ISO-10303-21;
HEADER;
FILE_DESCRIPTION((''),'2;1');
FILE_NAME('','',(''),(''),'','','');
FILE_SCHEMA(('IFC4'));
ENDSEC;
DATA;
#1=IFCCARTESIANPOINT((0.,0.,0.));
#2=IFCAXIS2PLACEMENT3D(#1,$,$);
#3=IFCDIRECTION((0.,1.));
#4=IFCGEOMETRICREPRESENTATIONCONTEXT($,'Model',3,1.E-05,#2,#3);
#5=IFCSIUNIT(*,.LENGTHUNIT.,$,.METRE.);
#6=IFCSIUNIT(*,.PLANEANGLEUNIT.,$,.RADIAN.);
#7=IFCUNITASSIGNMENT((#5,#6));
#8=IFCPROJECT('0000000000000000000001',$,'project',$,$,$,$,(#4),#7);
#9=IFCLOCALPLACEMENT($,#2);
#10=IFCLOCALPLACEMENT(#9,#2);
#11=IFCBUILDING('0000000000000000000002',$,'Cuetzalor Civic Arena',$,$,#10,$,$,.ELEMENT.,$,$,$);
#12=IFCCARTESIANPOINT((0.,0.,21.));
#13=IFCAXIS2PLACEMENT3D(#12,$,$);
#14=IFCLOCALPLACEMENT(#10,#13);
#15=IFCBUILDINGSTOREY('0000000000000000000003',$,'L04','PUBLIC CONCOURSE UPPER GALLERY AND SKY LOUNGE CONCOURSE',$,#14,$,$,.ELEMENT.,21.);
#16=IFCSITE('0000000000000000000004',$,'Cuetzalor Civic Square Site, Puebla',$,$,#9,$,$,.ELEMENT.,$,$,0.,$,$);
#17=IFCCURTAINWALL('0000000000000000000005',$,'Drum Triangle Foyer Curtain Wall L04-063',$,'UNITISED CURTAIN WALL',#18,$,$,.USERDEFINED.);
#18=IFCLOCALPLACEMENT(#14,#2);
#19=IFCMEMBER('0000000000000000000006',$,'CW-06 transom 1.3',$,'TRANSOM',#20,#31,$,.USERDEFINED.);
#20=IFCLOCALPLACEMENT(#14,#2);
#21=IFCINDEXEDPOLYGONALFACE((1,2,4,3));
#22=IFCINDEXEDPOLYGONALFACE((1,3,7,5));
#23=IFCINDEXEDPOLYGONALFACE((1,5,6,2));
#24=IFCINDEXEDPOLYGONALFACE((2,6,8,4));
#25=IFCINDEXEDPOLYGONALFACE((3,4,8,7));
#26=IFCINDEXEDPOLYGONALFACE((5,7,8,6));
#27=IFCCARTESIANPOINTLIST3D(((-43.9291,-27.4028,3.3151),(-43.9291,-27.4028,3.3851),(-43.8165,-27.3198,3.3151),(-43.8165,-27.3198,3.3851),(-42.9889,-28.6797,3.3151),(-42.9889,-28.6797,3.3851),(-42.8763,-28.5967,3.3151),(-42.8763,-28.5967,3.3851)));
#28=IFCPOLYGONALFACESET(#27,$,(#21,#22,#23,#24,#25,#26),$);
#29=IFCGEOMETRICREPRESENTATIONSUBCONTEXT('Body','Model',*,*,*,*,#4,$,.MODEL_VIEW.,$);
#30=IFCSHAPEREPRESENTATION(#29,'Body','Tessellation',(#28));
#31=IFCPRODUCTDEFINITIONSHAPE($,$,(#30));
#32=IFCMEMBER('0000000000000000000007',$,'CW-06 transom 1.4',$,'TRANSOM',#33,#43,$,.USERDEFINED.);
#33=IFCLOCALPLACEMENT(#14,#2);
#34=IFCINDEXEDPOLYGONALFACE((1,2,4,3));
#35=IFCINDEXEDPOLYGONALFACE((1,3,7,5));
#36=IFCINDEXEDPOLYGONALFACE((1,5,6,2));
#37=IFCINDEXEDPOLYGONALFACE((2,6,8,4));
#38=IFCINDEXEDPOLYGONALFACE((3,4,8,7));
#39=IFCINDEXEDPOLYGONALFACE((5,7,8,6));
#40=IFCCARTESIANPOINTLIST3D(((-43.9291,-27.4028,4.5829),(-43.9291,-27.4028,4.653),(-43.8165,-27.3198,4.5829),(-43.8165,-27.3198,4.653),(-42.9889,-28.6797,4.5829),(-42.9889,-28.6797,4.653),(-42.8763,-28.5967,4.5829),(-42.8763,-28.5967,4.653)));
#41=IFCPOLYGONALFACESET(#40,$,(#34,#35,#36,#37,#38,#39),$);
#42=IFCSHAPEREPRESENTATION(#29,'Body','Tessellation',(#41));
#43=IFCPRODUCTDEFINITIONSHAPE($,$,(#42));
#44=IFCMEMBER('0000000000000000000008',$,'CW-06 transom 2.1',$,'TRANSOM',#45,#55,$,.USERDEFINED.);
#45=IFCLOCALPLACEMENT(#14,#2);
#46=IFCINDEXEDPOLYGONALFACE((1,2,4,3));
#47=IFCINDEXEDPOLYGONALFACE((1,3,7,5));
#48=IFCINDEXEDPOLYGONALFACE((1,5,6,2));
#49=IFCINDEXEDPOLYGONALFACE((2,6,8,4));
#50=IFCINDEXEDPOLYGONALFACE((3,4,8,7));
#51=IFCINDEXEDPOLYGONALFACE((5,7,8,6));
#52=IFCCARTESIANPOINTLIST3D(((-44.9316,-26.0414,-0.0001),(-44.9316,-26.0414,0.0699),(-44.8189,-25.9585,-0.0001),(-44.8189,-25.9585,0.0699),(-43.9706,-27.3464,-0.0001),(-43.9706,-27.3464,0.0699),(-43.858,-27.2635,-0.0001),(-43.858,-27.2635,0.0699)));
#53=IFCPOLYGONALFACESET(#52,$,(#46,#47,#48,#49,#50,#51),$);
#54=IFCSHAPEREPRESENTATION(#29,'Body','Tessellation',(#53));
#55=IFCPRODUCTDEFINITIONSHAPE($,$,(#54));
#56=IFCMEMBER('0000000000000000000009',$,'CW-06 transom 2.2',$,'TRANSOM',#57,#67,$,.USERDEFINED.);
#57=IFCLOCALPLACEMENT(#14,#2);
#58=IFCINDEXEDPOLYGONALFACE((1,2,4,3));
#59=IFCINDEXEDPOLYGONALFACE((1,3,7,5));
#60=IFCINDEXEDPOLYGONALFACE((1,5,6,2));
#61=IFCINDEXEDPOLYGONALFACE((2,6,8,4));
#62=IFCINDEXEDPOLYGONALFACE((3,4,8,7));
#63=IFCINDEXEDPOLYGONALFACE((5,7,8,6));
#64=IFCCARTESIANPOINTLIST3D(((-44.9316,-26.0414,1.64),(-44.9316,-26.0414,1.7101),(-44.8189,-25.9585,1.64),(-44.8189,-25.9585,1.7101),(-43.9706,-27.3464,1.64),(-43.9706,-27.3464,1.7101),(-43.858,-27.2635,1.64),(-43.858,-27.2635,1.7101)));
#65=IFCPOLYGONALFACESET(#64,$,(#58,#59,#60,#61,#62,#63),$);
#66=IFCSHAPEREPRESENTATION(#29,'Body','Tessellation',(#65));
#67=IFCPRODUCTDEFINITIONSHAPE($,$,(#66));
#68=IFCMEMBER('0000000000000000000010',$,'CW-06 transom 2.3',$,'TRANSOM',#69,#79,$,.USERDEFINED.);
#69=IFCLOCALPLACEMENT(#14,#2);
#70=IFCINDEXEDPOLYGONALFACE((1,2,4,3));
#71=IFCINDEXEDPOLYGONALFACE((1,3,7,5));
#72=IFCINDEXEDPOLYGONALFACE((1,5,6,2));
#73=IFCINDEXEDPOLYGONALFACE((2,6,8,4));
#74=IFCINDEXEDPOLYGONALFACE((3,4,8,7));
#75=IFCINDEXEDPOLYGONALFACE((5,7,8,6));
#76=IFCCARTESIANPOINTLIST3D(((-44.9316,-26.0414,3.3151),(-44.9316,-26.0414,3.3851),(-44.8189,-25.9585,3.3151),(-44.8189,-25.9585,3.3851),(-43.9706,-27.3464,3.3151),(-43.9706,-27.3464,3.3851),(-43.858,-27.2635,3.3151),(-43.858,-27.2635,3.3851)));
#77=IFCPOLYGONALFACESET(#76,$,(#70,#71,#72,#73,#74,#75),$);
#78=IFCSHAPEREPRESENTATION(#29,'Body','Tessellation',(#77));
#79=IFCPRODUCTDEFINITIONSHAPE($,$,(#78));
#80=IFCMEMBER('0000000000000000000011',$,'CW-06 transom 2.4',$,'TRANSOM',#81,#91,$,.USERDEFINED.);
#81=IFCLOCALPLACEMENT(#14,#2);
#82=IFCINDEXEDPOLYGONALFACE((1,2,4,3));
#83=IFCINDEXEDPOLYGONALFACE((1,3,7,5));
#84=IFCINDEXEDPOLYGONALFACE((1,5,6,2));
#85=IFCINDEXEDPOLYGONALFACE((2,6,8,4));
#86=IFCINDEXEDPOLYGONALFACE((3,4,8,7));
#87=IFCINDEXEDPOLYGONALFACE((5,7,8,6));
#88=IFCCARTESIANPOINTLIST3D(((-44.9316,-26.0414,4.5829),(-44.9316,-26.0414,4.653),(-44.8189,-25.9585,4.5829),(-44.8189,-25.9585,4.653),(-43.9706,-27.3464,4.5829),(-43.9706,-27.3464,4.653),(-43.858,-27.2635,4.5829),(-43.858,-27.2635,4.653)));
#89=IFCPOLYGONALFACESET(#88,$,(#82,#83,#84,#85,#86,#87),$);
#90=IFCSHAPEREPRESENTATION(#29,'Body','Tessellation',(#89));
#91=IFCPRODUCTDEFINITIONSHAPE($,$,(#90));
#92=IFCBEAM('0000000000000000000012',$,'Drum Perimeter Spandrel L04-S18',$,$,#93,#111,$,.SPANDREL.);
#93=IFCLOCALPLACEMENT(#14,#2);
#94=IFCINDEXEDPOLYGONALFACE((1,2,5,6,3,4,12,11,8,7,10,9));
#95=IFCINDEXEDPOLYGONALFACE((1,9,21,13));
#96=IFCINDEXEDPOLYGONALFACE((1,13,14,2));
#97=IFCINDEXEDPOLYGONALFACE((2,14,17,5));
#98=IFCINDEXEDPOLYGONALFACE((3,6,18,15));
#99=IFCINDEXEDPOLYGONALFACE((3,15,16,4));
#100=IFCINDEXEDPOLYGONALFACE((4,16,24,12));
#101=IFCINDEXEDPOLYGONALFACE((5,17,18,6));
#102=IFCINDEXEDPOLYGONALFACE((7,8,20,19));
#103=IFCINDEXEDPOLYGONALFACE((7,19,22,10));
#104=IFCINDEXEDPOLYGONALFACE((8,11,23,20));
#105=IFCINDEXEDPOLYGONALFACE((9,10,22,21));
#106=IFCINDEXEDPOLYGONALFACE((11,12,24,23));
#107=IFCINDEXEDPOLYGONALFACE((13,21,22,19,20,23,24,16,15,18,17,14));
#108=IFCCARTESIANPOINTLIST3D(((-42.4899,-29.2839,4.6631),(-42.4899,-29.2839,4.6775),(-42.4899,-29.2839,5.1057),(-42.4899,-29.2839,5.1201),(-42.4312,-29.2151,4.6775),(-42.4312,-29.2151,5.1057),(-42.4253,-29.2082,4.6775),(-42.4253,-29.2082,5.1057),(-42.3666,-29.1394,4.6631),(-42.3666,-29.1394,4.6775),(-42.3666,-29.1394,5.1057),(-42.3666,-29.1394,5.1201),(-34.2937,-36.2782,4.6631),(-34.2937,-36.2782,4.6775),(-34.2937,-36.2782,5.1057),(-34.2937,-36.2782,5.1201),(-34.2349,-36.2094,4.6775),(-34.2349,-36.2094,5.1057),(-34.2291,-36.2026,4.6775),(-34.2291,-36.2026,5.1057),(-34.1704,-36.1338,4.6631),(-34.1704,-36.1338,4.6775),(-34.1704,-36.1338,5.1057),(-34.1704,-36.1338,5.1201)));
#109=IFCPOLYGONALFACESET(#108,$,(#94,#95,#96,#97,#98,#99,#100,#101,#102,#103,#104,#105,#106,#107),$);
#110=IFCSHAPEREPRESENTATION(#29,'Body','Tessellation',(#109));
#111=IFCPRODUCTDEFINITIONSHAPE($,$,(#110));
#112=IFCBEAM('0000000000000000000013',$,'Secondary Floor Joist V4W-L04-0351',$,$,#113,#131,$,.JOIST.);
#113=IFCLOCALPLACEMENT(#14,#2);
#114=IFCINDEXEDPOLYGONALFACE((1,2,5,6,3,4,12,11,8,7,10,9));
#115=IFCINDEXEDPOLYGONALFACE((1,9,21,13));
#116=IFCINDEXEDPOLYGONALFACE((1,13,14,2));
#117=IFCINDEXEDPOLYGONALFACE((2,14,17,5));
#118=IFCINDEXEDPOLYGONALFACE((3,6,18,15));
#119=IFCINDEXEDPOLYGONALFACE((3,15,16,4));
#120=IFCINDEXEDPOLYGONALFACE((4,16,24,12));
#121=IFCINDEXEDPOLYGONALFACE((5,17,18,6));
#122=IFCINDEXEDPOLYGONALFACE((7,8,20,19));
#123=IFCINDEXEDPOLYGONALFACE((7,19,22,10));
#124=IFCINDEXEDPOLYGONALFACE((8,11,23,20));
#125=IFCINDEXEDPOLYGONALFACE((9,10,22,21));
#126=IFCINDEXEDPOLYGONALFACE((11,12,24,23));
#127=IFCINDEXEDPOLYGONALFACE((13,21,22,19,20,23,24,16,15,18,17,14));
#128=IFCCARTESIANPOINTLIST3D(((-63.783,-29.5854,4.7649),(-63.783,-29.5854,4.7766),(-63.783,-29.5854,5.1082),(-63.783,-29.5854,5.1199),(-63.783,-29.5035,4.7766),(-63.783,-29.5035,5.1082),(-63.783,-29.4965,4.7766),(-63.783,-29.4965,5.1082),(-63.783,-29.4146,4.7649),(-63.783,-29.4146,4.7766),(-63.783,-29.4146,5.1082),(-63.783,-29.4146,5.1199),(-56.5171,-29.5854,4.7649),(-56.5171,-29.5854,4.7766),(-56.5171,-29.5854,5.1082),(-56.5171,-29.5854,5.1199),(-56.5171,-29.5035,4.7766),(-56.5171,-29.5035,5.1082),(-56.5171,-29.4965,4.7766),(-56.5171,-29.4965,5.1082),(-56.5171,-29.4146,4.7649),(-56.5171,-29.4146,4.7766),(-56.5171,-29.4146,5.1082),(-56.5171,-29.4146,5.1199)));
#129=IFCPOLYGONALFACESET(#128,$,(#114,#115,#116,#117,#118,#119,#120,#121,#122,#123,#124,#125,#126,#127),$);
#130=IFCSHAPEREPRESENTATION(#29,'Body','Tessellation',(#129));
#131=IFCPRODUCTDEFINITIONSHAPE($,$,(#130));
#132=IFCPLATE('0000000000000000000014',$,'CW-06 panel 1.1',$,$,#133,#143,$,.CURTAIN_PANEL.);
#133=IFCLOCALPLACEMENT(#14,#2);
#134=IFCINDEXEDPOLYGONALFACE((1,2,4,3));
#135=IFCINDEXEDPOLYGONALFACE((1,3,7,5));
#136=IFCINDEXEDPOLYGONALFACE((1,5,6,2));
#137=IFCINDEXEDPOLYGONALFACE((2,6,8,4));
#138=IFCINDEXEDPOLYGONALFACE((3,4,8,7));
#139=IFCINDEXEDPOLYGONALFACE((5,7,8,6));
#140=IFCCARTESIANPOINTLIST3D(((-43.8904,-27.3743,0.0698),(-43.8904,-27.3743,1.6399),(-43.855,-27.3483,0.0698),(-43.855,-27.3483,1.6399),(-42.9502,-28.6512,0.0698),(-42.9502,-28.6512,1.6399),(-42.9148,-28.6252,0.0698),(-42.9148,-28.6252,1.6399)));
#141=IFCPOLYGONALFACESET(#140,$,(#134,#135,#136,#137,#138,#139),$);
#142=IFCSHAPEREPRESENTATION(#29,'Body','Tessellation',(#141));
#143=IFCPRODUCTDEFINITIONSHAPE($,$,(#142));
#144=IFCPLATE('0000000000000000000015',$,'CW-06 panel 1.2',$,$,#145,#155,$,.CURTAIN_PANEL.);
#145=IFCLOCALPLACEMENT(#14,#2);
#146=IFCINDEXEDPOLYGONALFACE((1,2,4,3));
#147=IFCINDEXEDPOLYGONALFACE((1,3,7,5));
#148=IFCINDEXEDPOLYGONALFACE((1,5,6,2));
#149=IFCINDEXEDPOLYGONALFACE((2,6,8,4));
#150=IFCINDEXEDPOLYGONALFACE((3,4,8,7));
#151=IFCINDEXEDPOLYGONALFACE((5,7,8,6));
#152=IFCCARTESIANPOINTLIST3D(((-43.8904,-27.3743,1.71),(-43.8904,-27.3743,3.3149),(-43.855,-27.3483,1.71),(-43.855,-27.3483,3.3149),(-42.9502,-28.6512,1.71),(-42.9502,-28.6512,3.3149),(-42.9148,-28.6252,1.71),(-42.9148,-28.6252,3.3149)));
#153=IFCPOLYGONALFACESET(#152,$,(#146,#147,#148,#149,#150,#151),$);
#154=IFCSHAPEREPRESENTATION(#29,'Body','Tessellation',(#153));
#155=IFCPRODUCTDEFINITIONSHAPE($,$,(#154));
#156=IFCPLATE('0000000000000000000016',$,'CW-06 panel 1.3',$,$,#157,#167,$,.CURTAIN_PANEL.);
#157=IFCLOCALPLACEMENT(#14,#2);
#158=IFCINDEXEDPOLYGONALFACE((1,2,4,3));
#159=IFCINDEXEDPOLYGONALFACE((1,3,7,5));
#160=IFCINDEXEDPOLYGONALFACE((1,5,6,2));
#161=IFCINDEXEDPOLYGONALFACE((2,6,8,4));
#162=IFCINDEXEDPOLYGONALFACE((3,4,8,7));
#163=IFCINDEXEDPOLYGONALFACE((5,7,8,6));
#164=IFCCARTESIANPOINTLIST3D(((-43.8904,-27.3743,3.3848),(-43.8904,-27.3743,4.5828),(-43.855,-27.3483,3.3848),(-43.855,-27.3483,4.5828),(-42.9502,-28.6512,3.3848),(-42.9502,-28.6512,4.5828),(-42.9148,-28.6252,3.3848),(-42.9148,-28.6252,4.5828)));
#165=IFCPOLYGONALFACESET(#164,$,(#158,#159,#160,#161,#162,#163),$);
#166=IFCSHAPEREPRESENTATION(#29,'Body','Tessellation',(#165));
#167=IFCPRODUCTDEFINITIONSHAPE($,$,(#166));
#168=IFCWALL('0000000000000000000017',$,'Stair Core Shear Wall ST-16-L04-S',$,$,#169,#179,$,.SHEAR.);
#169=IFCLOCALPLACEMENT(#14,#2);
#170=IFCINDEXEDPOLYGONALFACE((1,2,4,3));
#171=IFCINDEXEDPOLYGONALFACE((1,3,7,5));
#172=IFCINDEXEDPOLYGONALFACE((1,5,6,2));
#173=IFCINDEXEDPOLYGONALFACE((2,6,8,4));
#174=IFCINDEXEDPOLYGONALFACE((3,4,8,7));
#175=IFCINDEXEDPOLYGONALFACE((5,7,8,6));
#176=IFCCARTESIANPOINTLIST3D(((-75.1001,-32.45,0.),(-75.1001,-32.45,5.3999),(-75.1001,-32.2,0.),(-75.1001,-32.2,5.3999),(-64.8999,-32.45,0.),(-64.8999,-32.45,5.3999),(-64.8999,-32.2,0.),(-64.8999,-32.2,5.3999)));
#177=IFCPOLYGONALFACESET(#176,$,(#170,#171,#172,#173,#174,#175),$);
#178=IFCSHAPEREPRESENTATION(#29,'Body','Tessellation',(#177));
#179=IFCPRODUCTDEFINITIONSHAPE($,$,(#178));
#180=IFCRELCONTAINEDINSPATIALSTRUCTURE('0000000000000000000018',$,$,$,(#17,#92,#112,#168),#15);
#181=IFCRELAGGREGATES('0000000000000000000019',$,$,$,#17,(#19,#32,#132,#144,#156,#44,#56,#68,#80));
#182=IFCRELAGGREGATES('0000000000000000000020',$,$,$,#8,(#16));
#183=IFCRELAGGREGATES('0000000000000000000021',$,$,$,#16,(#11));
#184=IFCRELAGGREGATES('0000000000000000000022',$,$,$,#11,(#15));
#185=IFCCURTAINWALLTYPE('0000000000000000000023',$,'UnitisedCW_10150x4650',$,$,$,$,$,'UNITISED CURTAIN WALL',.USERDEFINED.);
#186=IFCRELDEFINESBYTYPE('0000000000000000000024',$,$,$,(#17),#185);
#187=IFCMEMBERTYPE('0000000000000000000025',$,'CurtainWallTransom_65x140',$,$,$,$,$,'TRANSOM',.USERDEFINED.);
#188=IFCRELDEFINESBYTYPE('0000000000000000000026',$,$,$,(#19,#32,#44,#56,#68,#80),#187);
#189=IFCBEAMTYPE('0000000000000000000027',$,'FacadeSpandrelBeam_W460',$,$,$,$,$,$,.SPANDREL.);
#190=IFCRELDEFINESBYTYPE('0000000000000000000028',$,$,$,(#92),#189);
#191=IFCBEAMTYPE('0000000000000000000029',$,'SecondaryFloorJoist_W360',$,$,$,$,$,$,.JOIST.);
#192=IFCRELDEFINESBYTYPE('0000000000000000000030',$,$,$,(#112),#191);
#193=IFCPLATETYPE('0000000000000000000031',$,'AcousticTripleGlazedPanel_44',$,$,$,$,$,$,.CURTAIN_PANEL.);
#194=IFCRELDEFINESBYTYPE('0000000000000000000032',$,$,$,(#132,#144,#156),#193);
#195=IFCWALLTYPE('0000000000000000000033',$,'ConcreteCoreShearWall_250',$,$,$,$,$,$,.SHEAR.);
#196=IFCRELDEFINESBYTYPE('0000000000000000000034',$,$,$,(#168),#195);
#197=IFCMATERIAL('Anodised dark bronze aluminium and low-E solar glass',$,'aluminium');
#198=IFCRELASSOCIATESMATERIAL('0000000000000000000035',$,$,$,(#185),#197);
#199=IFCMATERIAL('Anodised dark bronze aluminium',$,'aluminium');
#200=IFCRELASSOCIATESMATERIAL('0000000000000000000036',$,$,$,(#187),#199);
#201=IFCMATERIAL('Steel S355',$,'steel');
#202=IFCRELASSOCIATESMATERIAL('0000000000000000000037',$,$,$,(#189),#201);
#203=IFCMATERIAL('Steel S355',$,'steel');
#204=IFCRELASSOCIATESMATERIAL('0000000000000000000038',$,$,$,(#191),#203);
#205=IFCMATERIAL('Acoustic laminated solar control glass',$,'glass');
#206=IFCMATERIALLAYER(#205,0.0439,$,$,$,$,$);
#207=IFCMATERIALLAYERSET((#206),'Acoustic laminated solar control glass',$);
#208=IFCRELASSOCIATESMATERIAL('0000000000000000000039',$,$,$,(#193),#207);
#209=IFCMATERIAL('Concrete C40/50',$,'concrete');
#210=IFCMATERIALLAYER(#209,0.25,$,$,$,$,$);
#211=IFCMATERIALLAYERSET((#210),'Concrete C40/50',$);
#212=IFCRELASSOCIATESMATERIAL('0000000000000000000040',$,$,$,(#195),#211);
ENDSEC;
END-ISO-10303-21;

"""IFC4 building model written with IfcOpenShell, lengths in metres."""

from ifc_helpers import new_model, si_unit, direction, frame, frame_2d, origin, origin_2d, place, context, subcontext, project, spatial, rectangle, i_section, extrude, material, layer, layer_set, material_profile, profile_set, type_object, element, aggregate, save


model = new_model("IFC4")

# Units and contexts
model_context = context("Model", 3, precision=1e-05, world=origin(), true_north=direction((0.0, 1.0)))
body_context = subcontext(model_context, "Body", "Model", "MODEL_VIEW")
ifc_project = project(units=[si_unit("LENGTHUNIT", "METRE"), si_unit("PLANEANGLEUNIT", "RADIAN")], contexts=[model_context])

# Site, building, storey
site_placement = place(None, origin())
site = spatial("IfcSite", under=ifc_project, at=site_placement, Name="Cuetzalor Civic Square Site, Puebla", CompositionType="ELEMENT", RefElevation=0.0)
building_placement = place(site_placement, origin())
building = spatial("IfcBuilding", under=site, at=building_placement, Name="Cuetzalor Civic Arena", CompositionType="ELEMENT")
storey_placement = place(building_placement, frame((0.0, 0.0, 21.0)))
storey = spatial("IfcBuildingStorey", under=building, at=storey_placement, Name="L04", Description="PUBLIC CONCOURSE UPPER GALLERY AND SKY LOUNGE CONCOURSE", CompositionType="ELEMENT", Elevation=21.0)

# Curtain wall, members
ifc_material_1 = material(Name="Anodised dark bronze aluminium and low-E solar glass", Category="aluminium")
curtain_wall_type = type_object("IfcCurtainWallType", Name="UnitisedCW_10150x4650", ElementType="UNITISED CURTAIN WALL", PredefinedType="USERDEFINED", material=ifc_material_1)
curtain_wall_placement = place(storey_placement, origin())
curtain_wall = element("IfcCurtainWall", 1, at=curtain_wall_placement, inside=storey, type_object=curtain_wall_type, Name="Drum Triangle Foyer Curtain Wall L04-063", ObjectType="UNITISED CURTAIN WALL", PredefinedType="USERDEFINED")
ifc_material_2 = material(Name="Anodised dark bronze aluminium", Category="aluminium")
ifc_material_profile_1 = material_profile(ifc_material_2, rectangle(XDim=0.1399, YDim=0.0701, at=origin_2d()), Name="ALU TRANSOM 70x140")
ifc_profile_set_1 = profile_set([ifc_material_profile_1], Name="Anodised dark bronze aluminium")
member_type_1 = type_object("IfcMemberType", Name="CurtainWallTransom_65x140", ElementType="TRANSOM", PredefinedType="USERDEFINED", material=ifc_profile_set_1)
member_1_placement = place(storey_placement, frame((-42.9326, -28.6382, 3.3501), z_axis=(-0.592931, 0.805253, 0.0), x_axis=(-0.805253, -0.592931, 0.0)))
member_1 = element("IfcMember", 2, at=member_1_placement, type_object=member_type_1, Name="CW-06 transom 1.3", ObjectType="TRANSOM", PredefinedType="USERDEFINED", context=body_context, shape_type="SweptSolid", body=[
    extrude(rectangle(XDim=0.1399, YDim=0.0701, at=origin_2d()), origin(), (0.0, 0.0, 1.0), 1.5857),
])
member_2_placement = place(storey_placement, frame((-42.9326, -28.6382, 4.6179), z_axis=(-0.592931, 0.805253, 0.0), x_axis=(-0.805253, -0.592931, 0.0)))
member_2 = element("IfcMember", 3, at=member_2_placement, type_object=member_type_1, Name="CW-06 transom 1.4", ObjectType="TRANSOM", PredefinedType="USERDEFINED", context=body_context, shape_type="SweptSolid", body=[
    extrude(rectangle(XDim=0.1399, YDim=0.0701, at=origin_2d()), origin(), (0.0, 0.0, 1.0), 1.5857),
])
member_3_placement = place(storey_placement, frame((-43.9143, -27.3049, 0.0349), z_axis=(-0.592963, 0.80523, 0.0), x_axis=(-0.80523, -0.592963, 0.0)))
member_3 = element("IfcMember", 4, at=member_3_placement, type_object=member_type_1, Name="CW-06 transom 2.1", ObjectType="TRANSOM", PredefinedType="USERDEFINED", context=body_context, shape_type="SweptSolid", body=[
    extrude(rectangle(XDim=0.1399, YDim=0.0701, at=origin_2d()), origin(), (0.0, 0.0, 1.0), 1.6206),
])
member_4_placement = place(storey_placement, frame((-43.9143, -27.3049, 1.675), z_axis=(-0.592963, 0.80523, 0.0), x_axis=(-0.80523, -0.592963, 0.0)))
member_4 = element("IfcMember", 5, at=member_4_placement, type_object=member_type_1, Name="CW-06 transom 2.2", ObjectType="TRANSOM", PredefinedType="USERDEFINED", context=body_context, shape_type="SweptSolid", body=[
    extrude(rectangle(XDim=0.1399, YDim=0.0701, at=origin_2d()), origin(), (0.0, 0.0, 1.0), 1.6206),
])
member_5_placement = place(storey_placement, frame((-43.9143, -27.3049, 3.3501), z_axis=(-0.592963, 0.80523, 0.0), x_axis=(-0.80523, -0.592963, 0.0)))
member_5 = element("IfcMember", 6, at=member_5_placement, type_object=member_type_1, Name="CW-06 transom 2.3", ObjectType="TRANSOM", PredefinedType="USERDEFINED", context=body_context, shape_type="SweptSolid", body=[
    extrude(rectangle(XDim=0.1399, YDim=0.0701, at=origin_2d()), origin(), (0.0, 0.0, 1.0), 1.6206),
])
member_6_placement = place(storey_placement, frame((-43.9143, -27.3049, 4.6179), z_axis=(-0.592963, 0.80523, 0.0), x_axis=(-0.80523, -0.592963, 0.0)))
member_6 = element("IfcMember", 7, at=member_6_placement, type_object=member_type_1, Name="CW-06 transom 2.4", ObjectType="TRANSOM", PredefinedType="USERDEFINED", context=body_context, shape_type="SweptSolid", body=[
    extrude(rectangle(XDim=0.1399, YDim=0.0701, at=origin_2d()), origin(), (0.0, 0.0, 1.0), 1.6206),
])

# Beams
ifc_material_3 = material(Name="Steel S355", Category="steel")
ifc_material_profile_2 = material_profile(ifc_material_3, i_section(OverallWidth=0.1899, OverallDepth=0.457, WebThickness=0.009, FlangeThickness=0.0144, at=origin_2d()), Name="W460x74")
ifc_profile_set_2 = profile_set([ifc_material_profile_2], Name="Steel S355")
beam_type_1 = type_object("IfcBeamType", Name="FacadeSpandrelBeam_W460", PredefinedType="SPANDREL", material=ifc_profile_set_2)
beam_1_placement = place(storey_placement, frame((-42.4282, -29.2117, 4.8916), z_axis=(0.760677, -0.649131, 0.0), x_axis=(0.649131, 0.760677, 0.0)))
element("IfcBeam", 8, at=beam_1_placement, inside=storey, type_object=beam_type_1, Name="Drum Perimeter Spandrel L04-S18", PredefinedType="SPANDREL", context=body_context, shape_type="SweptSolid", body=[
    extrude(i_section(OverallWidth=0.1899, OverallDepth=0.457, WebThickness=0.009, FlangeThickness=0.0144, at=origin_2d()), origin(), (0.0, 0.0, 1.0), 10.7749),
])
ifc_material_4 = material(Name="Steel S355", Category="steel")
ifc_material_profile_3 = material_profile(ifc_material_4, i_section(OverallWidth=0.1709, OverallDepth=0.355, WebThickness=0.0071, FlangeThickness=0.0117, at=origin_2d()), Name="W360x51")
ifc_profile_set_3 = profile_set([ifc_material_profile_3], Name="Steel S355")
beam_type_2 = type_object("IfcBeamType", Name="SecondaryFloorJoist_W360", PredefinedType="JOIST", material=ifc_profile_set_3)
beam_2_placement = place(storey_placement, frame((-63.783, -29.5, 4.9424), z_axis=(1.0, 0.0, 0.0), x_axis=(0.0, 1.0, 0.0)))
element("IfcBeam", 9, at=beam_2_placement, inside=storey, type_object=beam_type_2, Name="Secondary Floor Joist V4W-L04-0351", PredefinedType="JOIST", context=body_context, shape_type="SweptSolid", body=[
    extrude(i_section(OverallWidth=0.1709, OverallDepth=0.355, WebThickness=0.0071, FlangeThickness=0.0117, at=origin_2d()), origin(), (0.0, 0.0, 1.0), 7.2659),
])

# Plates
ifc_material_5 = material(Name="Acoustic laminated solar control glass", Category="glass")
ifc_layer_1 = layer(ifc_material_5, 0.0439)
ifc_layer_set_1 = layer_set([ifc_layer_1], Name="Acoustic laminated solar control glass")
plate_type = type_object("IfcPlateType", Name="AcousticTripleGlazedPanel_44", PredefinedType="CURTAIN_PANEL", material=ifc_layer_set_1)
plate_1_placement = place(storey_placement, frame((-43.4026, -27.9998, 0.0698), z_axis=(0.0, 0.0, 1.0), x_axis=(-0.592929, 0.805255, 0.0)))
plate_1 = element("IfcPlate", 10, at=plate_1_placement, type_object=plate_type, Name="CW-06 panel 1.1", PredefinedType="CURTAIN_PANEL", context=body_context, shape_type="SweptSolid", body=[
    extrude(rectangle(XDim=1.5857, YDim=0.0439, at=origin_2d()), origin(), (0.0, 0.0, 1.0), 1.5701),
])
plate_2_placement = place(storey_placement, frame((-43.4026, -27.9998, 1.71), z_axis=(0.0, 0.0, 1.0), x_axis=(-0.592929, 0.805255, 0.0)))
plate_2 = element("IfcPlate", 11, at=plate_2_placement, type_object=plate_type, Name="CW-06 panel 1.2", PredefinedType="CURTAIN_PANEL", context=body_context, shape_type="SweptSolid", body=[
    extrude(rectangle(XDim=1.5857, YDim=0.0439, at=origin_2d()), origin(), (0.0, 0.0, 1.0), 1.605),
])
plate_3_placement = place(storey_placement, frame((-43.4026, -27.9998, 3.3848), z_axis=(0.0, 0.0, 1.0), x_axis=(-0.592929, 0.805255, 0.0)))
plate_3 = element("IfcPlate", 12, at=plate_3_placement, type_object=plate_type, Name="CW-06 panel 1.3", PredefinedType="CURTAIN_PANEL", context=body_context, shape_type="SweptSolid", body=[
    extrude(rectangle(XDim=1.5857, YDim=0.0439, at=origin_2d()), origin(), (0.0, 0.0, 1.0), 1.198),
])
aggregate(curtain_wall, [member_1, member_2, plate_1, plate_2, plate_3, member_3, member_4, member_5, member_6])

# Wall
ifc_material_6 = material(Name="Concrete C40/50", Category="concrete")
ifc_layer_2 = layer(ifc_material_6, 0.25)
ifc_layer_set_2 = layer_set([ifc_layer_2], Name="Concrete C40/50")
wall_type = type_object("IfcWallType", Name="ConcreteCoreShearWall_250", PredefinedType="SHEAR", material=ifc_layer_set_2)
wall_placement = place(storey_placement, frame((-64.8999, -32.325, 0.0), z_axis=(0.0, 0.0, 1.0), x_axis=(-1.0, 0.0, 0.0)))
element("IfcWall", 13, at=wall_placement, inside=storey, type_object=wall_type, Name="Stair Core Shear Wall ST-16-L04-S", PredefinedType="SHEAR", context=body_context, shape_type="SweptSolid", body=[
    extrude(rectangle(XDim=10.2002, YDim=0.25, at=frame_2d((5.1001, 0.0))), origin(), (0.0, 0.0, 1.0), 5.3999),
])

save(model, "model.ifc")
